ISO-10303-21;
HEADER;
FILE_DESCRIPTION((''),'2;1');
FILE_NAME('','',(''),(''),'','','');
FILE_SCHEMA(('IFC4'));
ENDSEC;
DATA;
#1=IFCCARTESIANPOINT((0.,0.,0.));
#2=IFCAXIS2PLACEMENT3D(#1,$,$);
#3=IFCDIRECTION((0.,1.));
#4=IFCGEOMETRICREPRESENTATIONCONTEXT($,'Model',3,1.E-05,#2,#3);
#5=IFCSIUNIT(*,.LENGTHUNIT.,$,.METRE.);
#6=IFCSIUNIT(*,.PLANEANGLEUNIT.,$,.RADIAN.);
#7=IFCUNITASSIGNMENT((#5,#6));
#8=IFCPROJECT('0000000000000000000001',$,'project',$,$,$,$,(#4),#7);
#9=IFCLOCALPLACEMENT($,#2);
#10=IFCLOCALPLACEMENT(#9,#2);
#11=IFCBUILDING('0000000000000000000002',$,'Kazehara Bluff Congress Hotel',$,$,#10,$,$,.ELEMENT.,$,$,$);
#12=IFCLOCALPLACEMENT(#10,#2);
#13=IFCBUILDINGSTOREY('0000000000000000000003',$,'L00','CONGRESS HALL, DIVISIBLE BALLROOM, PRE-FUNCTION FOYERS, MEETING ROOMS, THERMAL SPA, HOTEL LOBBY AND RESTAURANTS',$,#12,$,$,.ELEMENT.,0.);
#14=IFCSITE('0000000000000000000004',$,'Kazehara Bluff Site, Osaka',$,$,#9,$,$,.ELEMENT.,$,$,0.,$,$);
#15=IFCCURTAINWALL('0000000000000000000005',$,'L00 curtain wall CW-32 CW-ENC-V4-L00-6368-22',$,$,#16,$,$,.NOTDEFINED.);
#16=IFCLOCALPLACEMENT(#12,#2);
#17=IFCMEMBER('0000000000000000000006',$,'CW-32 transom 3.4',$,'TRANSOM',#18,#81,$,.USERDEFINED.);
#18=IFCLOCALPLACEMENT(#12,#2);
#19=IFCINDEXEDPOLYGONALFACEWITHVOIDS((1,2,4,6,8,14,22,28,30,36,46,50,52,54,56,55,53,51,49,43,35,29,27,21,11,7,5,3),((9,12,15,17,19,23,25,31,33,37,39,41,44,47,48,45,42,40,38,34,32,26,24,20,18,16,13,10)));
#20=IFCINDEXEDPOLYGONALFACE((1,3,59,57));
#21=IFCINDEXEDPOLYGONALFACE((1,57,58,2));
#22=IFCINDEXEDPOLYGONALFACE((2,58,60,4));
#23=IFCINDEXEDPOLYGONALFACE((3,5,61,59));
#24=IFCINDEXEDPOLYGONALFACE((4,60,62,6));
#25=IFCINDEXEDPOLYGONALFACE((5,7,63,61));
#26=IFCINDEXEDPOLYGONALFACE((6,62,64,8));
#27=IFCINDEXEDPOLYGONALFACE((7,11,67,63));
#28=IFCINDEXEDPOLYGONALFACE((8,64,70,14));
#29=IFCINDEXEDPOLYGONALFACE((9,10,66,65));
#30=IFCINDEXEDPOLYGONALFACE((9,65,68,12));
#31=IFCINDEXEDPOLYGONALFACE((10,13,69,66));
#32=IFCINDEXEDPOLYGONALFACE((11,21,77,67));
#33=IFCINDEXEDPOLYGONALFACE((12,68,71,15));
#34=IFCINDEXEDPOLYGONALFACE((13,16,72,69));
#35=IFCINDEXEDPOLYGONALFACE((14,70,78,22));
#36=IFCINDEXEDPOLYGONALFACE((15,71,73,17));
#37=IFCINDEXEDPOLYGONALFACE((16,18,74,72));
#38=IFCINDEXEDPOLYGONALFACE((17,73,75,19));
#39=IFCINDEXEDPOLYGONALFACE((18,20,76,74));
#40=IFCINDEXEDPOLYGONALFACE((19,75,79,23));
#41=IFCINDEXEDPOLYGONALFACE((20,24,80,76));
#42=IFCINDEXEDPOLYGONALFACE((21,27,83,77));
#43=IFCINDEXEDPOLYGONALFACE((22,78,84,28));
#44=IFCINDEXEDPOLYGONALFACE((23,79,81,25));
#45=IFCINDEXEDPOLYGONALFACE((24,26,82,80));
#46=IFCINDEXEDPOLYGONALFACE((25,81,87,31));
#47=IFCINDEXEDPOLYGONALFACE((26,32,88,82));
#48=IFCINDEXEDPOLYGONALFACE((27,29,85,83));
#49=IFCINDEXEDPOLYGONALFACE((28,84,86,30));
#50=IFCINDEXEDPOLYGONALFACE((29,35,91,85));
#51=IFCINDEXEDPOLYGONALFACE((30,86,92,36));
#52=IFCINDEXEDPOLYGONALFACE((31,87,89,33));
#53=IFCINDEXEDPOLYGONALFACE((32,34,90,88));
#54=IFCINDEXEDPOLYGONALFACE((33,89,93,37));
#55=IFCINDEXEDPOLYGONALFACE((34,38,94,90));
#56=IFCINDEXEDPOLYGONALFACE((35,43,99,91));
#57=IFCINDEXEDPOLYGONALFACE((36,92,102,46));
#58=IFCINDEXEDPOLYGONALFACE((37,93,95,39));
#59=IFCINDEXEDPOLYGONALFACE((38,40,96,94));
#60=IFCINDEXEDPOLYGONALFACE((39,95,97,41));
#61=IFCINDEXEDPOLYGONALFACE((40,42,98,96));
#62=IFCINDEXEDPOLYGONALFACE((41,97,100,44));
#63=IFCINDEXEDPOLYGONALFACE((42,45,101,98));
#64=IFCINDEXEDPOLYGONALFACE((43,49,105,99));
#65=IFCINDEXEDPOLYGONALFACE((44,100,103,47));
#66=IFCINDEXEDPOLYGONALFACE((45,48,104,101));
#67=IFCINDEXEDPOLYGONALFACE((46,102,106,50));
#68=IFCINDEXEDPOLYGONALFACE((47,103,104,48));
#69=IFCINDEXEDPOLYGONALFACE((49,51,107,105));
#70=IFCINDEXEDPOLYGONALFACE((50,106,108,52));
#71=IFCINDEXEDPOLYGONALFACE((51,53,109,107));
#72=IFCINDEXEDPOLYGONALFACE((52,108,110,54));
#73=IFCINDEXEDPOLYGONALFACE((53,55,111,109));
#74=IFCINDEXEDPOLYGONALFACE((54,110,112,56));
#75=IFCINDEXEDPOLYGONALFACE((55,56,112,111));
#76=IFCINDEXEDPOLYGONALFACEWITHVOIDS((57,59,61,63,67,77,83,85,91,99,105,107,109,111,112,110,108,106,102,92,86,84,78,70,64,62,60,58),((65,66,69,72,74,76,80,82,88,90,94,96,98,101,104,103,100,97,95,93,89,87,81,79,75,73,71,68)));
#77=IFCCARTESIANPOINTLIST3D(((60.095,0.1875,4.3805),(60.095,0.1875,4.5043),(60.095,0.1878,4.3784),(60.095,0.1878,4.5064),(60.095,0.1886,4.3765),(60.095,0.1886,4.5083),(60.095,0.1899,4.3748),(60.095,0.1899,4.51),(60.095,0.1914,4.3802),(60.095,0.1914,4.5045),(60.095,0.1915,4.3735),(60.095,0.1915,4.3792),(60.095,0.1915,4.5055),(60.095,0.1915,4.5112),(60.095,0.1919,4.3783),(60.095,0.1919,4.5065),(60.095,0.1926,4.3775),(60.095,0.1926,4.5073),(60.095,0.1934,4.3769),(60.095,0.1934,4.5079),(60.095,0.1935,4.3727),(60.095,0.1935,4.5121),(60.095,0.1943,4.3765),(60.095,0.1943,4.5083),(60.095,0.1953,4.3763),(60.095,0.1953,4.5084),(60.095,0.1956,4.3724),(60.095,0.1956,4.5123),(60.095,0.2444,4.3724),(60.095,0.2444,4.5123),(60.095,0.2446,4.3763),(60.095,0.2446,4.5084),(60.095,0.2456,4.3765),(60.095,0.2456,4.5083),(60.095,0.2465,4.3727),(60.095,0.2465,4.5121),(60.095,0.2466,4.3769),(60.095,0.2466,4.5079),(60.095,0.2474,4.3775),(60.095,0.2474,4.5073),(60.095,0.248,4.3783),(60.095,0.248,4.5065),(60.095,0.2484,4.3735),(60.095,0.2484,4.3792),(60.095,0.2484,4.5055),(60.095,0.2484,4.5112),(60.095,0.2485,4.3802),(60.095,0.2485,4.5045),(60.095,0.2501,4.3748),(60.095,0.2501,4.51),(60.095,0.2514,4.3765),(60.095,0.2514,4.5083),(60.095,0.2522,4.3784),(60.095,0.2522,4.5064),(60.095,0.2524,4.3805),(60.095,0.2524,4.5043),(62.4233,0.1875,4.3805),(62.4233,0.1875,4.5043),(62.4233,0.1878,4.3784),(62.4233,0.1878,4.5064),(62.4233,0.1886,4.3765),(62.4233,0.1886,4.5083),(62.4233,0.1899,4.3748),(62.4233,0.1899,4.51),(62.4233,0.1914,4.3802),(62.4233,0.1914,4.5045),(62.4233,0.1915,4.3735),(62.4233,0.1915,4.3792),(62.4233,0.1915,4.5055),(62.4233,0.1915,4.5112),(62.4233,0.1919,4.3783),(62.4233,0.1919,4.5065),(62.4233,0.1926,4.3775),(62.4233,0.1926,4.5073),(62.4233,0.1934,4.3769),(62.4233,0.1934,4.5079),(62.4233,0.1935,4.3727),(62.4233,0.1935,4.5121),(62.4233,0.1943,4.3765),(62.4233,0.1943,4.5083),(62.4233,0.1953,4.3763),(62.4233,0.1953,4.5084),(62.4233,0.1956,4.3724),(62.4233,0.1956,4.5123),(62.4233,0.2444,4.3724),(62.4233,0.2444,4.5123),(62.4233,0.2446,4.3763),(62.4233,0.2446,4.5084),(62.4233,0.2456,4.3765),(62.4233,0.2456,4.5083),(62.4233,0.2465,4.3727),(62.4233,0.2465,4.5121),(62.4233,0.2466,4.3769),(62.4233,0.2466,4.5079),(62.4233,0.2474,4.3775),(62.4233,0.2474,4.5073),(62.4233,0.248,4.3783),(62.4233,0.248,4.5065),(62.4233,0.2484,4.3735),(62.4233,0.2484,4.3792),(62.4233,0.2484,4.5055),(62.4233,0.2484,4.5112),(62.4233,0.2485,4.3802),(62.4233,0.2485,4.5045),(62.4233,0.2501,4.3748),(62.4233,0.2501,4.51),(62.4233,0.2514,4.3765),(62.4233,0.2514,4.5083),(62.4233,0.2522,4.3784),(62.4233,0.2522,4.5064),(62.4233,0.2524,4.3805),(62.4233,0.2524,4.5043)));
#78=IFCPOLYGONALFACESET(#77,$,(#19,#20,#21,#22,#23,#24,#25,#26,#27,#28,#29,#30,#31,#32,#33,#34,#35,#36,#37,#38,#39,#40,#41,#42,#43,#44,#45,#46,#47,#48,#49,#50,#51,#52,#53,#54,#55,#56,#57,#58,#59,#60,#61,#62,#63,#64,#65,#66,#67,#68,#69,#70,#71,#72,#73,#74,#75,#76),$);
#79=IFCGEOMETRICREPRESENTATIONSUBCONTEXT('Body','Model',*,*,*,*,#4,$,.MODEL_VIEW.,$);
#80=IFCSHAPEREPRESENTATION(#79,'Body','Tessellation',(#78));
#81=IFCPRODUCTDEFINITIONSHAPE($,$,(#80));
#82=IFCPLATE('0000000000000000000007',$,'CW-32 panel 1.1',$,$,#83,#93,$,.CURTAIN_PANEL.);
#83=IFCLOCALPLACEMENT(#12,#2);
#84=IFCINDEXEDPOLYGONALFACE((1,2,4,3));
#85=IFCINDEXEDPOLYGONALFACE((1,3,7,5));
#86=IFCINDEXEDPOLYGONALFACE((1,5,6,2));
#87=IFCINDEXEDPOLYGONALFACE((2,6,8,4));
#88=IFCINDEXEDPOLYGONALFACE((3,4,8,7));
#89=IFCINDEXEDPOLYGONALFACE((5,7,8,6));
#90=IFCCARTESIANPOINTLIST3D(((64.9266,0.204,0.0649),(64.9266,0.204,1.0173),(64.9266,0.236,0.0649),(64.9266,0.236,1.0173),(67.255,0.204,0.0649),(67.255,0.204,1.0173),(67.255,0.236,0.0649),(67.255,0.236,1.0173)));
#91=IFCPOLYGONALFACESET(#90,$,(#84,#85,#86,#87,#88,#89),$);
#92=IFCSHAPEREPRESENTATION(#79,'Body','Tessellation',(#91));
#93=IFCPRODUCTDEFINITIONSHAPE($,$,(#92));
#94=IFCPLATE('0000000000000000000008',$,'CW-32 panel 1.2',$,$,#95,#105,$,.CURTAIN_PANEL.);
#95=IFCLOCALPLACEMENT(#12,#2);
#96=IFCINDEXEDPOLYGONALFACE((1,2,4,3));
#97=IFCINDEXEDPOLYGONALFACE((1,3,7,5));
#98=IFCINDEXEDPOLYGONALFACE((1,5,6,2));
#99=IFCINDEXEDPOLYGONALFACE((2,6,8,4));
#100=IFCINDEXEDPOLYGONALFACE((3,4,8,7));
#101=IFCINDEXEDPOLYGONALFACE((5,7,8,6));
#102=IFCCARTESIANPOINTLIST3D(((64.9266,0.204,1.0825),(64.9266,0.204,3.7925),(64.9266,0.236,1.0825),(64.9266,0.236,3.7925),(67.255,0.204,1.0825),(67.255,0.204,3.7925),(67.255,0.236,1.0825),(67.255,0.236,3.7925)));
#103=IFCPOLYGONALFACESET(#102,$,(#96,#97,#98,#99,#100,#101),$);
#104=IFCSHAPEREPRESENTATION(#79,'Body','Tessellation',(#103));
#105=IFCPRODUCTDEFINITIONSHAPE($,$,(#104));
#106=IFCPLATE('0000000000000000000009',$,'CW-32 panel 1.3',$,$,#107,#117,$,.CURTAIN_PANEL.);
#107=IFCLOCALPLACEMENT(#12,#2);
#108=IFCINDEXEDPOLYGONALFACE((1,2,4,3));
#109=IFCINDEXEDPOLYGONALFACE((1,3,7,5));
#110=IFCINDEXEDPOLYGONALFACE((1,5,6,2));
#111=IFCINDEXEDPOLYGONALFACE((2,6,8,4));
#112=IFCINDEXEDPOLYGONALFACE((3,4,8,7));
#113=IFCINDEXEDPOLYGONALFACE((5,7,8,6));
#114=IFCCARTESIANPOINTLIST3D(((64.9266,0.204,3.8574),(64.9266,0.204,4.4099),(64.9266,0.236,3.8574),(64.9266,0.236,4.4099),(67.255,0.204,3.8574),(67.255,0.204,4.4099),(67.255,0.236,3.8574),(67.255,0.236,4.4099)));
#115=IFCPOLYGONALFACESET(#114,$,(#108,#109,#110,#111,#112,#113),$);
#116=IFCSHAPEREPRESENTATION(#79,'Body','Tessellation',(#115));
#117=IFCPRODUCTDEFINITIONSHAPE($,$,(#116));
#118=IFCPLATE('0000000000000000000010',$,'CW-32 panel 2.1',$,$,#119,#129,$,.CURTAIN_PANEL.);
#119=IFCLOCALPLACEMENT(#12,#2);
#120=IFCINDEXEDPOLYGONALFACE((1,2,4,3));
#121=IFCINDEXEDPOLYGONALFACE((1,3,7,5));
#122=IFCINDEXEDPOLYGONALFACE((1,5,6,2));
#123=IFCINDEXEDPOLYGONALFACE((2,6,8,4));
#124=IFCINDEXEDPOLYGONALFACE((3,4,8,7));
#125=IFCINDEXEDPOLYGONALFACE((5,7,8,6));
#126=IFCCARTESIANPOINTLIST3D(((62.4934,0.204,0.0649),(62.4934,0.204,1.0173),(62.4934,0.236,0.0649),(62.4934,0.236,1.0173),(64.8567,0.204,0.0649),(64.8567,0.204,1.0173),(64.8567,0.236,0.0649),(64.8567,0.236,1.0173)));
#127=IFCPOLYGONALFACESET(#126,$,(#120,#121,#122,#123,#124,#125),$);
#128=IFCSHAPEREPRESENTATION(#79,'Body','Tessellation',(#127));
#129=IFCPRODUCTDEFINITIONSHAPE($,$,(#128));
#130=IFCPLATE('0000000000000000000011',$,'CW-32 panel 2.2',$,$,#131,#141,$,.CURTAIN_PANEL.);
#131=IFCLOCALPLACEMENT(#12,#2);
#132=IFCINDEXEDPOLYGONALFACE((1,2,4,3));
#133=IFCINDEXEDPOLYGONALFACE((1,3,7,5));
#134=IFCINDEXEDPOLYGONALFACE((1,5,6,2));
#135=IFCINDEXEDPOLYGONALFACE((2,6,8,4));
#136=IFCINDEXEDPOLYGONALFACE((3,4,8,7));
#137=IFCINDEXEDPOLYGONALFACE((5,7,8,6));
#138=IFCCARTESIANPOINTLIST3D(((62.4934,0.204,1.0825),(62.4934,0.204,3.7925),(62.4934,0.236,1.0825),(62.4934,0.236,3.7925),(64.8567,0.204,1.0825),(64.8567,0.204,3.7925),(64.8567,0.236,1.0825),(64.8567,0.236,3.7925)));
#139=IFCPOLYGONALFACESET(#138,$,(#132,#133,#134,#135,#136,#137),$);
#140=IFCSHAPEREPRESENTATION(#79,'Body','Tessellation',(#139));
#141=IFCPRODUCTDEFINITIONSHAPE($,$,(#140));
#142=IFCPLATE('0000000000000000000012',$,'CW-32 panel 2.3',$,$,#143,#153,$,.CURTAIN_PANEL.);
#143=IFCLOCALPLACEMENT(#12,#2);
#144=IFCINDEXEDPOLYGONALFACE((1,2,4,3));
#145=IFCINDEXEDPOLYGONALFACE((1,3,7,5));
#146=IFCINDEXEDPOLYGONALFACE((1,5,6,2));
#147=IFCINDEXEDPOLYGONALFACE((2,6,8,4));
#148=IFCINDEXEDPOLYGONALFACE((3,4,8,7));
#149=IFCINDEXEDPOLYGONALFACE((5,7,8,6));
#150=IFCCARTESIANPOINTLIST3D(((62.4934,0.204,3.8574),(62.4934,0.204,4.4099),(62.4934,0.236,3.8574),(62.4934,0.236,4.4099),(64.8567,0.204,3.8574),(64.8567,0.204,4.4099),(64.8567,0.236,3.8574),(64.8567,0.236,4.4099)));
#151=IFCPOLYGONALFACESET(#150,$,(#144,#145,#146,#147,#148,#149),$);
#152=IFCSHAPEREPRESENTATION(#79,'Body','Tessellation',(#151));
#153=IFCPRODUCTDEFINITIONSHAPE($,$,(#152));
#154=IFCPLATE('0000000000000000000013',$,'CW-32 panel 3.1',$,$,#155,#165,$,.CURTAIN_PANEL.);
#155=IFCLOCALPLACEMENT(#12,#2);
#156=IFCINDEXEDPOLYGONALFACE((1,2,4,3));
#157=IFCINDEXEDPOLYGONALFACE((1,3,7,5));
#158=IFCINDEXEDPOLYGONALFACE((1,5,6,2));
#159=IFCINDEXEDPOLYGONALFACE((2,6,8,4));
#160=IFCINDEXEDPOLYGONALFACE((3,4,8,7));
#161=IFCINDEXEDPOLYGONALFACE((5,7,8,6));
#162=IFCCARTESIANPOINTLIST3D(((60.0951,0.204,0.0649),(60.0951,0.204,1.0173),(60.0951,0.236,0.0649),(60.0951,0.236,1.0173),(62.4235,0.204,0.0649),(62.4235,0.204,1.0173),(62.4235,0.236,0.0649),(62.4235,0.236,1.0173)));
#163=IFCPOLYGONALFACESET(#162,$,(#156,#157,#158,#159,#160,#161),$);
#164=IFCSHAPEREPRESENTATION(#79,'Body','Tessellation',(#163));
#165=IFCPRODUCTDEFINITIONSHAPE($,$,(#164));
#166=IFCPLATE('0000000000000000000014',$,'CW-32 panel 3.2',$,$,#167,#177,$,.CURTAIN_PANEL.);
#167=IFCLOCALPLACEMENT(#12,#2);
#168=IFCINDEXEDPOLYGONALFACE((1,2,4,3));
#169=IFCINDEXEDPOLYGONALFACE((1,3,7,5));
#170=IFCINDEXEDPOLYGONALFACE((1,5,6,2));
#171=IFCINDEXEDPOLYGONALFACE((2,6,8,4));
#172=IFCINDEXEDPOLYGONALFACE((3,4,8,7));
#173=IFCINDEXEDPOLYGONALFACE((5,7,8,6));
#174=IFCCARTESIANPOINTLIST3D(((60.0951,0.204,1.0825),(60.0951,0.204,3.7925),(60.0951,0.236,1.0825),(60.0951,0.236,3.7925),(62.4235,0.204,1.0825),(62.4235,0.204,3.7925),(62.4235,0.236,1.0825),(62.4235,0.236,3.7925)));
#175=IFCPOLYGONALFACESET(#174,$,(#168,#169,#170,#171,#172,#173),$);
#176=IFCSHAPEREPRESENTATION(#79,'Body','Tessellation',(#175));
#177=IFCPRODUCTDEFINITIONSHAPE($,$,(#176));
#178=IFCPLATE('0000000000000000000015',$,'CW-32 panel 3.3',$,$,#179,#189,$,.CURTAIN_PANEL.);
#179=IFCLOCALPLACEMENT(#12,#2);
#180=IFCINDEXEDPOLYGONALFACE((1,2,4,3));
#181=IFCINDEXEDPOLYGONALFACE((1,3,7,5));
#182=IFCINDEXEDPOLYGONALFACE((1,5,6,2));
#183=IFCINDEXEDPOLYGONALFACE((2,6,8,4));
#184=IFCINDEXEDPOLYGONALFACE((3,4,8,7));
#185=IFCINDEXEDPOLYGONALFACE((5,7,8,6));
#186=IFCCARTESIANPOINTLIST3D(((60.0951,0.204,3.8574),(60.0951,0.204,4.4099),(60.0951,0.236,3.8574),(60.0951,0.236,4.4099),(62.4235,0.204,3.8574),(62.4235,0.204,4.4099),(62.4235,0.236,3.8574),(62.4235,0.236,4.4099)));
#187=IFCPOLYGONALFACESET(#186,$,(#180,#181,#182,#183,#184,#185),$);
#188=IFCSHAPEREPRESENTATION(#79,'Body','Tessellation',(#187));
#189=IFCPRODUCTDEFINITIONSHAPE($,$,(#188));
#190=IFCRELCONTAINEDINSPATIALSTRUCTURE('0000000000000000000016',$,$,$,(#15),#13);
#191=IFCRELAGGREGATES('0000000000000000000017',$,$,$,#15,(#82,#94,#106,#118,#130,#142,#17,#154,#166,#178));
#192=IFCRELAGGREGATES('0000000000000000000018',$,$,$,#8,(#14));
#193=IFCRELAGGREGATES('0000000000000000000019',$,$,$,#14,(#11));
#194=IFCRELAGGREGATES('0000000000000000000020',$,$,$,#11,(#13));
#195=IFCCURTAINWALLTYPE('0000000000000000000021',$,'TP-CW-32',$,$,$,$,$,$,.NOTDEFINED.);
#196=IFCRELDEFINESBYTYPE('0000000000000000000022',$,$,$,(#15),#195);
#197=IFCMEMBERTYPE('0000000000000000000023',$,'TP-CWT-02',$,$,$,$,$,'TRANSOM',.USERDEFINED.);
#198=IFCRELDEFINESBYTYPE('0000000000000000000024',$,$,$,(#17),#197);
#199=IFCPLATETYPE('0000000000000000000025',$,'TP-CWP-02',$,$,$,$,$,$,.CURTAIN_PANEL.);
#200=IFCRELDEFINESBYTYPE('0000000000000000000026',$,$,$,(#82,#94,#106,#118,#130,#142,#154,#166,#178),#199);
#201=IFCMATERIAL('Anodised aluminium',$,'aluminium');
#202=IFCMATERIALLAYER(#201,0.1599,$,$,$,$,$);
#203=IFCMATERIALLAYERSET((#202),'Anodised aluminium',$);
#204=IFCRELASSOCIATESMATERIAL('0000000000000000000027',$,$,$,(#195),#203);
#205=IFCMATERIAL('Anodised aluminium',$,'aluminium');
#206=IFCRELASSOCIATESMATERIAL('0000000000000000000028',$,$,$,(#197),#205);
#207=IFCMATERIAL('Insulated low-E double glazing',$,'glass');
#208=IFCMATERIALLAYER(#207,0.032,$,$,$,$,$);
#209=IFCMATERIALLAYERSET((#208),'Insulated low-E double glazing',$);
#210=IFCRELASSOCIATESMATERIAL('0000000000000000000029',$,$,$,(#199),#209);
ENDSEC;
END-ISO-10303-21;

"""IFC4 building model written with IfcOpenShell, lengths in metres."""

from ifc_helpers import new_model, si_unit, direction, frame, origin, origin_2d, place, context, subcontext, project, spatial, rectangle, hollow_rectangle, extrude, material, layer, layer_set, material_profile, profile_set, type_object, element, aggregate, save


model = new_model("IFC4")

# Units and contexts
model_context = context("Model", 3, precision=1e-05, world=origin(), true_north=direction((0.0, 1.0)))
body_context = subcontext(model_context, "Body", "Model", "MODEL_VIEW")
ifc_project = project(units=[si_unit("LENGTHUNIT", "METRE"), si_unit("PLANEANGLEUNIT", "RADIAN")], contexts=[model_context])

# Site, building, storey
site_placement = place(None, origin())
site = spatial("IfcSite", under=ifc_project, at=site_placement, Name="Kazehara Bluff Site, Osaka", CompositionType="ELEMENT", RefElevation=0.0)
building_placement = place(site_placement, origin())
building = spatial("IfcBuilding", under=site, at=building_placement, Name="Kazehara Bluff Congress Hotel", CompositionType="ELEMENT")
storey_placement = place(building_placement, origin())
storey = spatial("IfcBuildingStorey", under=building, at=storey_placement, Name="L00", Description="CONGRESS HALL, DIVISIBLE BALLROOM, PRE-FUNCTION FOYERS, MEETING ROOMS, THERMAL SPA, HOTEL LOBBY AND RESTAURANTS", CompositionType="ELEMENT", Elevation=0.0)

# Curtain wall, member, plates
ifc_material_1 = material(Name="Anodised aluminium", Category="aluminium")
ifc_layer_1 = layer(ifc_material_1, 0.1599)
ifc_layer_set_1 = layer_set([ifc_layer_1], Name="Anodised aluminium")
curtain_wall_type = type_object("IfcCurtainWallType", Name="TP-CW-32", PredefinedType="NOTDEFINED", material=ifc_layer_set_1)
curtain_wall_placement = place(storey_placement, origin())
curtain_wall = element("IfcCurtainWall", 1, at=curtain_wall_placement, inside=storey, type_object=curtain_wall_type, Name="L00 curtain wall CW-32 CW-ENC-V4-L00-6368-22", PredefinedType="NOTDEFINED")
ifc_material_2 = material(Name="Anodised aluminium", Category="aluminium")
ifc_material_profile_1 = material_profile(ifc_material_2, hollow_rectangle(XDim=0.0649, YDim=0.1399, WallThickness=0.0039, InnerFilletRadius=0.0039, OuterFilletRadius=0.0081, at=origin_2d()))
ifc_profile_set_1 = profile_set([ifc_material_profile_1], Name="Anodised aluminium")
member_type_1 = type_object("IfcMemberType", Name="TP-CWT-02", ElementType="TRANSOM", PredefinedType="USERDEFINED", material=ifc_profile_set_1)
member_1_placement = place(storey_placement, frame((62.4233, 0.22, 4.4424), z_axis=(-1.0, 0.0, 0.0), x_axis=(0.0, -1.0, 0.0)))
member_1 = element("IfcMember", 2, at=member_1_placement, type_object=member_type_1, Name="CW-32 transom 3.4", ObjectType="TRANSOM", PredefinedType="USERDEFINED", context=body_context, shape_type="SweptSolid", body=[
    extrude(hollow_rectangle(XDim=0.0649, YDim=0.1399, WallThickness=0.0039, InnerFilletRadius=0.0039, OuterFilletRadius=0.0081, at=origin_2d()), origin(), (0.0, 0.0, 1.0), 2.3284),
])
ifc_material_3 = material(Name="Insulated low-E double glazing", Category="glass")
ifc_layer_2 = layer(ifc_material_3, 0.032)
ifc_layer_set_2 = layer_set([ifc_layer_2], Name="Insulated low-E double glazing")
plate_type = type_object("IfcPlateType", Name="TP-CWP-02", PredefinedType="CURTAIN_PANEL", material=ifc_layer_set_2)
plate_1_placement = place(storey_placement, frame((66.0908, 0.22, 0.0649), z_axis=(0.0, 0.0, 1.0), x_axis=(-1.0, 0.0, 0.0)))
plate_1 = element("IfcPlate", 3, at=plate_1_placement, type_object=plate_type, Name="CW-32 panel 1.1", PredefinedType="CURTAIN_PANEL", context=body_context, shape_type="SweptSolid", body=[
    extrude(rectangle(XDim=2.3284, YDim=0.032, at=origin_2d()), origin(), (0.0, 0.0, 1.0), 0.9524),
])
plate_2_placement = place(storey_placement, frame((66.0908, 0.22, 1.0825), z_axis=(0.0, 0.0, 1.0), x_axis=(-1.0, 0.0, 0.0)))
plate_2 = element("IfcPlate", 4, at=plate_2_placement, type_object=plate_type, Name="CW-32 panel 1.2", PredefinedType="CURTAIN_PANEL", context=body_context, shape_type="SweptSolid", body=[
    extrude(rectangle(XDim=2.3284, YDim=0.032, at=origin_2d()), origin(), (0.0, 0.0, 1.0), 2.71),
])
plate_3_placement = place(storey_placement, frame((66.0908, 0.22, 3.8574), z_axis=(0.0, 0.0, 1.0), x_axis=(-1.0, 0.0, 0.0)))
plate_3 = element("IfcPlate", 5, at=plate_3_placement, type_object=plate_type, Name="CW-32 panel 1.3", PredefinedType="CURTAIN_PANEL", context=body_context, shape_type="SweptSolid", body=[
    extrude(rectangle(XDim=2.3284, YDim=0.032, at=origin_2d()), origin(), (0.0, 0.0, 1.0), 0.5525),
])
plate_4_placement = place(storey_placement, frame((63.675, 0.22, 0.0649), z_axis=(0.0, 0.0, 1.0), x_axis=(-1.0, 0.0, 0.0)))
plate_4 = element("IfcPlate", 6, at=plate_4_placement, type_object=plate_type, Name="CW-32 panel 2.1", PredefinedType="CURTAIN_PANEL", context=body_context, shape_type="SweptSolid", body=[
    extrude(rectangle(XDim=2.3633, YDim=0.032, at=origin_2d()), origin(), (0.0, 0.0, 1.0), 0.9524),
])
plate_5_placement = place(storey_placement, frame((63.675, 0.22, 1.0825), z_axis=(0.0, 0.0, 1.0), x_axis=(-1.0, 0.0, 0.0)))
plate_5 = element("IfcPlate", 7, at=plate_5_placement, type_object=plate_type, Name="CW-32 panel 2.2", PredefinedType="CURTAIN_PANEL", context=body_context, shape_type="SweptSolid", body=[
    extrude(rectangle(XDim=2.3633, YDim=0.032, at=origin_2d()), origin(), (0.0, 0.0, 1.0), 2.71),
])
plate_6_placement = place(storey_placement, frame((63.675, 0.22, 3.8574), z_axis=(0.0, 0.0, 1.0), x_axis=(-1.0, 0.0, 0.0)))
plate_6 = element("IfcPlate", 8, at=plate_6_placement, type_object=plate_type, Name="CW-32 panel 2.3", PredefinedType="CURTAIN_PANEL", context=body_context, shape_type="SweptSolid", body=[
    extrude(rectangle(XDim=2.3633, YDim=0.032, at=origin_2d()), origin(), (0.0, 0.0, 1.0), 0.5525),
])
plate_7_placement = place(storey_placement, frame((61.2593, 0.22, 0.0649), z_axis=(0.0, 0.0, 1.0), x_axis=(-1.0, 0.0, 0.0)))
plate_7 = element("IfcPlate", 9, at=plate_7_placement, type_object=plate_type, Name="CW-32 panel 3.1", PredefinedType="CURTAIN_PANEL", context=body_context, shape_type="SweptSolid", body=[
    extrude(rectangle(XDim=2.3284, YDim=0.032, at=origin_2d()), origin(), (0.0, 0.0, 1.0), 0.9524),
])
plate_8_placement = place(storey_placement, frame((61.2593, 0.22, 1.0825), z_axis=(0.0, 0.0, 1.0), x_axis=(-1.0, 0.0, 0.0)))
plate_8 = element("IfcPlate", 10, at=plate_8_placement, type_object=plate_type, Name="CW-32 panel 3.2", PredefinedType="CURTAIN_PANEL", context=body_context, shape_type="SweptSolid", body=[
    extrude(rectangle(XDim=2.3284, YDim=0.032, at=origin_2d()), origin(), (0.0, 0.0, 1.0), 2.71),
])
plate_9_placement = place(storey_placement, frame((61.2593, 0.22, 3.8574), z_axis=(0.0, 0.0, 1.0), x_axis=(-1.0, 0.0, 0.0)))
plate_9 = element("IfcPlate", 11, at=plate_9_placement, type_object=plate_type, Name="CW-32 panel 3.3", PredefinedType="CURTAIN_PANEL", context=body_context, shape_type="SweptSolid", body=[
    extrude(rectangle(XDim=2.3284, YDim=0.032, at=origin_2d()), origin(), (0.0, 0.0, 1.0), 0.5525),
])
aggregate(curtain_wall, [plate_1, plate_2, plate_3, plate_4, plate_5, plate_6, member_1, plate_7, plate_8, plate_9])

save(model, "model.ifc")
